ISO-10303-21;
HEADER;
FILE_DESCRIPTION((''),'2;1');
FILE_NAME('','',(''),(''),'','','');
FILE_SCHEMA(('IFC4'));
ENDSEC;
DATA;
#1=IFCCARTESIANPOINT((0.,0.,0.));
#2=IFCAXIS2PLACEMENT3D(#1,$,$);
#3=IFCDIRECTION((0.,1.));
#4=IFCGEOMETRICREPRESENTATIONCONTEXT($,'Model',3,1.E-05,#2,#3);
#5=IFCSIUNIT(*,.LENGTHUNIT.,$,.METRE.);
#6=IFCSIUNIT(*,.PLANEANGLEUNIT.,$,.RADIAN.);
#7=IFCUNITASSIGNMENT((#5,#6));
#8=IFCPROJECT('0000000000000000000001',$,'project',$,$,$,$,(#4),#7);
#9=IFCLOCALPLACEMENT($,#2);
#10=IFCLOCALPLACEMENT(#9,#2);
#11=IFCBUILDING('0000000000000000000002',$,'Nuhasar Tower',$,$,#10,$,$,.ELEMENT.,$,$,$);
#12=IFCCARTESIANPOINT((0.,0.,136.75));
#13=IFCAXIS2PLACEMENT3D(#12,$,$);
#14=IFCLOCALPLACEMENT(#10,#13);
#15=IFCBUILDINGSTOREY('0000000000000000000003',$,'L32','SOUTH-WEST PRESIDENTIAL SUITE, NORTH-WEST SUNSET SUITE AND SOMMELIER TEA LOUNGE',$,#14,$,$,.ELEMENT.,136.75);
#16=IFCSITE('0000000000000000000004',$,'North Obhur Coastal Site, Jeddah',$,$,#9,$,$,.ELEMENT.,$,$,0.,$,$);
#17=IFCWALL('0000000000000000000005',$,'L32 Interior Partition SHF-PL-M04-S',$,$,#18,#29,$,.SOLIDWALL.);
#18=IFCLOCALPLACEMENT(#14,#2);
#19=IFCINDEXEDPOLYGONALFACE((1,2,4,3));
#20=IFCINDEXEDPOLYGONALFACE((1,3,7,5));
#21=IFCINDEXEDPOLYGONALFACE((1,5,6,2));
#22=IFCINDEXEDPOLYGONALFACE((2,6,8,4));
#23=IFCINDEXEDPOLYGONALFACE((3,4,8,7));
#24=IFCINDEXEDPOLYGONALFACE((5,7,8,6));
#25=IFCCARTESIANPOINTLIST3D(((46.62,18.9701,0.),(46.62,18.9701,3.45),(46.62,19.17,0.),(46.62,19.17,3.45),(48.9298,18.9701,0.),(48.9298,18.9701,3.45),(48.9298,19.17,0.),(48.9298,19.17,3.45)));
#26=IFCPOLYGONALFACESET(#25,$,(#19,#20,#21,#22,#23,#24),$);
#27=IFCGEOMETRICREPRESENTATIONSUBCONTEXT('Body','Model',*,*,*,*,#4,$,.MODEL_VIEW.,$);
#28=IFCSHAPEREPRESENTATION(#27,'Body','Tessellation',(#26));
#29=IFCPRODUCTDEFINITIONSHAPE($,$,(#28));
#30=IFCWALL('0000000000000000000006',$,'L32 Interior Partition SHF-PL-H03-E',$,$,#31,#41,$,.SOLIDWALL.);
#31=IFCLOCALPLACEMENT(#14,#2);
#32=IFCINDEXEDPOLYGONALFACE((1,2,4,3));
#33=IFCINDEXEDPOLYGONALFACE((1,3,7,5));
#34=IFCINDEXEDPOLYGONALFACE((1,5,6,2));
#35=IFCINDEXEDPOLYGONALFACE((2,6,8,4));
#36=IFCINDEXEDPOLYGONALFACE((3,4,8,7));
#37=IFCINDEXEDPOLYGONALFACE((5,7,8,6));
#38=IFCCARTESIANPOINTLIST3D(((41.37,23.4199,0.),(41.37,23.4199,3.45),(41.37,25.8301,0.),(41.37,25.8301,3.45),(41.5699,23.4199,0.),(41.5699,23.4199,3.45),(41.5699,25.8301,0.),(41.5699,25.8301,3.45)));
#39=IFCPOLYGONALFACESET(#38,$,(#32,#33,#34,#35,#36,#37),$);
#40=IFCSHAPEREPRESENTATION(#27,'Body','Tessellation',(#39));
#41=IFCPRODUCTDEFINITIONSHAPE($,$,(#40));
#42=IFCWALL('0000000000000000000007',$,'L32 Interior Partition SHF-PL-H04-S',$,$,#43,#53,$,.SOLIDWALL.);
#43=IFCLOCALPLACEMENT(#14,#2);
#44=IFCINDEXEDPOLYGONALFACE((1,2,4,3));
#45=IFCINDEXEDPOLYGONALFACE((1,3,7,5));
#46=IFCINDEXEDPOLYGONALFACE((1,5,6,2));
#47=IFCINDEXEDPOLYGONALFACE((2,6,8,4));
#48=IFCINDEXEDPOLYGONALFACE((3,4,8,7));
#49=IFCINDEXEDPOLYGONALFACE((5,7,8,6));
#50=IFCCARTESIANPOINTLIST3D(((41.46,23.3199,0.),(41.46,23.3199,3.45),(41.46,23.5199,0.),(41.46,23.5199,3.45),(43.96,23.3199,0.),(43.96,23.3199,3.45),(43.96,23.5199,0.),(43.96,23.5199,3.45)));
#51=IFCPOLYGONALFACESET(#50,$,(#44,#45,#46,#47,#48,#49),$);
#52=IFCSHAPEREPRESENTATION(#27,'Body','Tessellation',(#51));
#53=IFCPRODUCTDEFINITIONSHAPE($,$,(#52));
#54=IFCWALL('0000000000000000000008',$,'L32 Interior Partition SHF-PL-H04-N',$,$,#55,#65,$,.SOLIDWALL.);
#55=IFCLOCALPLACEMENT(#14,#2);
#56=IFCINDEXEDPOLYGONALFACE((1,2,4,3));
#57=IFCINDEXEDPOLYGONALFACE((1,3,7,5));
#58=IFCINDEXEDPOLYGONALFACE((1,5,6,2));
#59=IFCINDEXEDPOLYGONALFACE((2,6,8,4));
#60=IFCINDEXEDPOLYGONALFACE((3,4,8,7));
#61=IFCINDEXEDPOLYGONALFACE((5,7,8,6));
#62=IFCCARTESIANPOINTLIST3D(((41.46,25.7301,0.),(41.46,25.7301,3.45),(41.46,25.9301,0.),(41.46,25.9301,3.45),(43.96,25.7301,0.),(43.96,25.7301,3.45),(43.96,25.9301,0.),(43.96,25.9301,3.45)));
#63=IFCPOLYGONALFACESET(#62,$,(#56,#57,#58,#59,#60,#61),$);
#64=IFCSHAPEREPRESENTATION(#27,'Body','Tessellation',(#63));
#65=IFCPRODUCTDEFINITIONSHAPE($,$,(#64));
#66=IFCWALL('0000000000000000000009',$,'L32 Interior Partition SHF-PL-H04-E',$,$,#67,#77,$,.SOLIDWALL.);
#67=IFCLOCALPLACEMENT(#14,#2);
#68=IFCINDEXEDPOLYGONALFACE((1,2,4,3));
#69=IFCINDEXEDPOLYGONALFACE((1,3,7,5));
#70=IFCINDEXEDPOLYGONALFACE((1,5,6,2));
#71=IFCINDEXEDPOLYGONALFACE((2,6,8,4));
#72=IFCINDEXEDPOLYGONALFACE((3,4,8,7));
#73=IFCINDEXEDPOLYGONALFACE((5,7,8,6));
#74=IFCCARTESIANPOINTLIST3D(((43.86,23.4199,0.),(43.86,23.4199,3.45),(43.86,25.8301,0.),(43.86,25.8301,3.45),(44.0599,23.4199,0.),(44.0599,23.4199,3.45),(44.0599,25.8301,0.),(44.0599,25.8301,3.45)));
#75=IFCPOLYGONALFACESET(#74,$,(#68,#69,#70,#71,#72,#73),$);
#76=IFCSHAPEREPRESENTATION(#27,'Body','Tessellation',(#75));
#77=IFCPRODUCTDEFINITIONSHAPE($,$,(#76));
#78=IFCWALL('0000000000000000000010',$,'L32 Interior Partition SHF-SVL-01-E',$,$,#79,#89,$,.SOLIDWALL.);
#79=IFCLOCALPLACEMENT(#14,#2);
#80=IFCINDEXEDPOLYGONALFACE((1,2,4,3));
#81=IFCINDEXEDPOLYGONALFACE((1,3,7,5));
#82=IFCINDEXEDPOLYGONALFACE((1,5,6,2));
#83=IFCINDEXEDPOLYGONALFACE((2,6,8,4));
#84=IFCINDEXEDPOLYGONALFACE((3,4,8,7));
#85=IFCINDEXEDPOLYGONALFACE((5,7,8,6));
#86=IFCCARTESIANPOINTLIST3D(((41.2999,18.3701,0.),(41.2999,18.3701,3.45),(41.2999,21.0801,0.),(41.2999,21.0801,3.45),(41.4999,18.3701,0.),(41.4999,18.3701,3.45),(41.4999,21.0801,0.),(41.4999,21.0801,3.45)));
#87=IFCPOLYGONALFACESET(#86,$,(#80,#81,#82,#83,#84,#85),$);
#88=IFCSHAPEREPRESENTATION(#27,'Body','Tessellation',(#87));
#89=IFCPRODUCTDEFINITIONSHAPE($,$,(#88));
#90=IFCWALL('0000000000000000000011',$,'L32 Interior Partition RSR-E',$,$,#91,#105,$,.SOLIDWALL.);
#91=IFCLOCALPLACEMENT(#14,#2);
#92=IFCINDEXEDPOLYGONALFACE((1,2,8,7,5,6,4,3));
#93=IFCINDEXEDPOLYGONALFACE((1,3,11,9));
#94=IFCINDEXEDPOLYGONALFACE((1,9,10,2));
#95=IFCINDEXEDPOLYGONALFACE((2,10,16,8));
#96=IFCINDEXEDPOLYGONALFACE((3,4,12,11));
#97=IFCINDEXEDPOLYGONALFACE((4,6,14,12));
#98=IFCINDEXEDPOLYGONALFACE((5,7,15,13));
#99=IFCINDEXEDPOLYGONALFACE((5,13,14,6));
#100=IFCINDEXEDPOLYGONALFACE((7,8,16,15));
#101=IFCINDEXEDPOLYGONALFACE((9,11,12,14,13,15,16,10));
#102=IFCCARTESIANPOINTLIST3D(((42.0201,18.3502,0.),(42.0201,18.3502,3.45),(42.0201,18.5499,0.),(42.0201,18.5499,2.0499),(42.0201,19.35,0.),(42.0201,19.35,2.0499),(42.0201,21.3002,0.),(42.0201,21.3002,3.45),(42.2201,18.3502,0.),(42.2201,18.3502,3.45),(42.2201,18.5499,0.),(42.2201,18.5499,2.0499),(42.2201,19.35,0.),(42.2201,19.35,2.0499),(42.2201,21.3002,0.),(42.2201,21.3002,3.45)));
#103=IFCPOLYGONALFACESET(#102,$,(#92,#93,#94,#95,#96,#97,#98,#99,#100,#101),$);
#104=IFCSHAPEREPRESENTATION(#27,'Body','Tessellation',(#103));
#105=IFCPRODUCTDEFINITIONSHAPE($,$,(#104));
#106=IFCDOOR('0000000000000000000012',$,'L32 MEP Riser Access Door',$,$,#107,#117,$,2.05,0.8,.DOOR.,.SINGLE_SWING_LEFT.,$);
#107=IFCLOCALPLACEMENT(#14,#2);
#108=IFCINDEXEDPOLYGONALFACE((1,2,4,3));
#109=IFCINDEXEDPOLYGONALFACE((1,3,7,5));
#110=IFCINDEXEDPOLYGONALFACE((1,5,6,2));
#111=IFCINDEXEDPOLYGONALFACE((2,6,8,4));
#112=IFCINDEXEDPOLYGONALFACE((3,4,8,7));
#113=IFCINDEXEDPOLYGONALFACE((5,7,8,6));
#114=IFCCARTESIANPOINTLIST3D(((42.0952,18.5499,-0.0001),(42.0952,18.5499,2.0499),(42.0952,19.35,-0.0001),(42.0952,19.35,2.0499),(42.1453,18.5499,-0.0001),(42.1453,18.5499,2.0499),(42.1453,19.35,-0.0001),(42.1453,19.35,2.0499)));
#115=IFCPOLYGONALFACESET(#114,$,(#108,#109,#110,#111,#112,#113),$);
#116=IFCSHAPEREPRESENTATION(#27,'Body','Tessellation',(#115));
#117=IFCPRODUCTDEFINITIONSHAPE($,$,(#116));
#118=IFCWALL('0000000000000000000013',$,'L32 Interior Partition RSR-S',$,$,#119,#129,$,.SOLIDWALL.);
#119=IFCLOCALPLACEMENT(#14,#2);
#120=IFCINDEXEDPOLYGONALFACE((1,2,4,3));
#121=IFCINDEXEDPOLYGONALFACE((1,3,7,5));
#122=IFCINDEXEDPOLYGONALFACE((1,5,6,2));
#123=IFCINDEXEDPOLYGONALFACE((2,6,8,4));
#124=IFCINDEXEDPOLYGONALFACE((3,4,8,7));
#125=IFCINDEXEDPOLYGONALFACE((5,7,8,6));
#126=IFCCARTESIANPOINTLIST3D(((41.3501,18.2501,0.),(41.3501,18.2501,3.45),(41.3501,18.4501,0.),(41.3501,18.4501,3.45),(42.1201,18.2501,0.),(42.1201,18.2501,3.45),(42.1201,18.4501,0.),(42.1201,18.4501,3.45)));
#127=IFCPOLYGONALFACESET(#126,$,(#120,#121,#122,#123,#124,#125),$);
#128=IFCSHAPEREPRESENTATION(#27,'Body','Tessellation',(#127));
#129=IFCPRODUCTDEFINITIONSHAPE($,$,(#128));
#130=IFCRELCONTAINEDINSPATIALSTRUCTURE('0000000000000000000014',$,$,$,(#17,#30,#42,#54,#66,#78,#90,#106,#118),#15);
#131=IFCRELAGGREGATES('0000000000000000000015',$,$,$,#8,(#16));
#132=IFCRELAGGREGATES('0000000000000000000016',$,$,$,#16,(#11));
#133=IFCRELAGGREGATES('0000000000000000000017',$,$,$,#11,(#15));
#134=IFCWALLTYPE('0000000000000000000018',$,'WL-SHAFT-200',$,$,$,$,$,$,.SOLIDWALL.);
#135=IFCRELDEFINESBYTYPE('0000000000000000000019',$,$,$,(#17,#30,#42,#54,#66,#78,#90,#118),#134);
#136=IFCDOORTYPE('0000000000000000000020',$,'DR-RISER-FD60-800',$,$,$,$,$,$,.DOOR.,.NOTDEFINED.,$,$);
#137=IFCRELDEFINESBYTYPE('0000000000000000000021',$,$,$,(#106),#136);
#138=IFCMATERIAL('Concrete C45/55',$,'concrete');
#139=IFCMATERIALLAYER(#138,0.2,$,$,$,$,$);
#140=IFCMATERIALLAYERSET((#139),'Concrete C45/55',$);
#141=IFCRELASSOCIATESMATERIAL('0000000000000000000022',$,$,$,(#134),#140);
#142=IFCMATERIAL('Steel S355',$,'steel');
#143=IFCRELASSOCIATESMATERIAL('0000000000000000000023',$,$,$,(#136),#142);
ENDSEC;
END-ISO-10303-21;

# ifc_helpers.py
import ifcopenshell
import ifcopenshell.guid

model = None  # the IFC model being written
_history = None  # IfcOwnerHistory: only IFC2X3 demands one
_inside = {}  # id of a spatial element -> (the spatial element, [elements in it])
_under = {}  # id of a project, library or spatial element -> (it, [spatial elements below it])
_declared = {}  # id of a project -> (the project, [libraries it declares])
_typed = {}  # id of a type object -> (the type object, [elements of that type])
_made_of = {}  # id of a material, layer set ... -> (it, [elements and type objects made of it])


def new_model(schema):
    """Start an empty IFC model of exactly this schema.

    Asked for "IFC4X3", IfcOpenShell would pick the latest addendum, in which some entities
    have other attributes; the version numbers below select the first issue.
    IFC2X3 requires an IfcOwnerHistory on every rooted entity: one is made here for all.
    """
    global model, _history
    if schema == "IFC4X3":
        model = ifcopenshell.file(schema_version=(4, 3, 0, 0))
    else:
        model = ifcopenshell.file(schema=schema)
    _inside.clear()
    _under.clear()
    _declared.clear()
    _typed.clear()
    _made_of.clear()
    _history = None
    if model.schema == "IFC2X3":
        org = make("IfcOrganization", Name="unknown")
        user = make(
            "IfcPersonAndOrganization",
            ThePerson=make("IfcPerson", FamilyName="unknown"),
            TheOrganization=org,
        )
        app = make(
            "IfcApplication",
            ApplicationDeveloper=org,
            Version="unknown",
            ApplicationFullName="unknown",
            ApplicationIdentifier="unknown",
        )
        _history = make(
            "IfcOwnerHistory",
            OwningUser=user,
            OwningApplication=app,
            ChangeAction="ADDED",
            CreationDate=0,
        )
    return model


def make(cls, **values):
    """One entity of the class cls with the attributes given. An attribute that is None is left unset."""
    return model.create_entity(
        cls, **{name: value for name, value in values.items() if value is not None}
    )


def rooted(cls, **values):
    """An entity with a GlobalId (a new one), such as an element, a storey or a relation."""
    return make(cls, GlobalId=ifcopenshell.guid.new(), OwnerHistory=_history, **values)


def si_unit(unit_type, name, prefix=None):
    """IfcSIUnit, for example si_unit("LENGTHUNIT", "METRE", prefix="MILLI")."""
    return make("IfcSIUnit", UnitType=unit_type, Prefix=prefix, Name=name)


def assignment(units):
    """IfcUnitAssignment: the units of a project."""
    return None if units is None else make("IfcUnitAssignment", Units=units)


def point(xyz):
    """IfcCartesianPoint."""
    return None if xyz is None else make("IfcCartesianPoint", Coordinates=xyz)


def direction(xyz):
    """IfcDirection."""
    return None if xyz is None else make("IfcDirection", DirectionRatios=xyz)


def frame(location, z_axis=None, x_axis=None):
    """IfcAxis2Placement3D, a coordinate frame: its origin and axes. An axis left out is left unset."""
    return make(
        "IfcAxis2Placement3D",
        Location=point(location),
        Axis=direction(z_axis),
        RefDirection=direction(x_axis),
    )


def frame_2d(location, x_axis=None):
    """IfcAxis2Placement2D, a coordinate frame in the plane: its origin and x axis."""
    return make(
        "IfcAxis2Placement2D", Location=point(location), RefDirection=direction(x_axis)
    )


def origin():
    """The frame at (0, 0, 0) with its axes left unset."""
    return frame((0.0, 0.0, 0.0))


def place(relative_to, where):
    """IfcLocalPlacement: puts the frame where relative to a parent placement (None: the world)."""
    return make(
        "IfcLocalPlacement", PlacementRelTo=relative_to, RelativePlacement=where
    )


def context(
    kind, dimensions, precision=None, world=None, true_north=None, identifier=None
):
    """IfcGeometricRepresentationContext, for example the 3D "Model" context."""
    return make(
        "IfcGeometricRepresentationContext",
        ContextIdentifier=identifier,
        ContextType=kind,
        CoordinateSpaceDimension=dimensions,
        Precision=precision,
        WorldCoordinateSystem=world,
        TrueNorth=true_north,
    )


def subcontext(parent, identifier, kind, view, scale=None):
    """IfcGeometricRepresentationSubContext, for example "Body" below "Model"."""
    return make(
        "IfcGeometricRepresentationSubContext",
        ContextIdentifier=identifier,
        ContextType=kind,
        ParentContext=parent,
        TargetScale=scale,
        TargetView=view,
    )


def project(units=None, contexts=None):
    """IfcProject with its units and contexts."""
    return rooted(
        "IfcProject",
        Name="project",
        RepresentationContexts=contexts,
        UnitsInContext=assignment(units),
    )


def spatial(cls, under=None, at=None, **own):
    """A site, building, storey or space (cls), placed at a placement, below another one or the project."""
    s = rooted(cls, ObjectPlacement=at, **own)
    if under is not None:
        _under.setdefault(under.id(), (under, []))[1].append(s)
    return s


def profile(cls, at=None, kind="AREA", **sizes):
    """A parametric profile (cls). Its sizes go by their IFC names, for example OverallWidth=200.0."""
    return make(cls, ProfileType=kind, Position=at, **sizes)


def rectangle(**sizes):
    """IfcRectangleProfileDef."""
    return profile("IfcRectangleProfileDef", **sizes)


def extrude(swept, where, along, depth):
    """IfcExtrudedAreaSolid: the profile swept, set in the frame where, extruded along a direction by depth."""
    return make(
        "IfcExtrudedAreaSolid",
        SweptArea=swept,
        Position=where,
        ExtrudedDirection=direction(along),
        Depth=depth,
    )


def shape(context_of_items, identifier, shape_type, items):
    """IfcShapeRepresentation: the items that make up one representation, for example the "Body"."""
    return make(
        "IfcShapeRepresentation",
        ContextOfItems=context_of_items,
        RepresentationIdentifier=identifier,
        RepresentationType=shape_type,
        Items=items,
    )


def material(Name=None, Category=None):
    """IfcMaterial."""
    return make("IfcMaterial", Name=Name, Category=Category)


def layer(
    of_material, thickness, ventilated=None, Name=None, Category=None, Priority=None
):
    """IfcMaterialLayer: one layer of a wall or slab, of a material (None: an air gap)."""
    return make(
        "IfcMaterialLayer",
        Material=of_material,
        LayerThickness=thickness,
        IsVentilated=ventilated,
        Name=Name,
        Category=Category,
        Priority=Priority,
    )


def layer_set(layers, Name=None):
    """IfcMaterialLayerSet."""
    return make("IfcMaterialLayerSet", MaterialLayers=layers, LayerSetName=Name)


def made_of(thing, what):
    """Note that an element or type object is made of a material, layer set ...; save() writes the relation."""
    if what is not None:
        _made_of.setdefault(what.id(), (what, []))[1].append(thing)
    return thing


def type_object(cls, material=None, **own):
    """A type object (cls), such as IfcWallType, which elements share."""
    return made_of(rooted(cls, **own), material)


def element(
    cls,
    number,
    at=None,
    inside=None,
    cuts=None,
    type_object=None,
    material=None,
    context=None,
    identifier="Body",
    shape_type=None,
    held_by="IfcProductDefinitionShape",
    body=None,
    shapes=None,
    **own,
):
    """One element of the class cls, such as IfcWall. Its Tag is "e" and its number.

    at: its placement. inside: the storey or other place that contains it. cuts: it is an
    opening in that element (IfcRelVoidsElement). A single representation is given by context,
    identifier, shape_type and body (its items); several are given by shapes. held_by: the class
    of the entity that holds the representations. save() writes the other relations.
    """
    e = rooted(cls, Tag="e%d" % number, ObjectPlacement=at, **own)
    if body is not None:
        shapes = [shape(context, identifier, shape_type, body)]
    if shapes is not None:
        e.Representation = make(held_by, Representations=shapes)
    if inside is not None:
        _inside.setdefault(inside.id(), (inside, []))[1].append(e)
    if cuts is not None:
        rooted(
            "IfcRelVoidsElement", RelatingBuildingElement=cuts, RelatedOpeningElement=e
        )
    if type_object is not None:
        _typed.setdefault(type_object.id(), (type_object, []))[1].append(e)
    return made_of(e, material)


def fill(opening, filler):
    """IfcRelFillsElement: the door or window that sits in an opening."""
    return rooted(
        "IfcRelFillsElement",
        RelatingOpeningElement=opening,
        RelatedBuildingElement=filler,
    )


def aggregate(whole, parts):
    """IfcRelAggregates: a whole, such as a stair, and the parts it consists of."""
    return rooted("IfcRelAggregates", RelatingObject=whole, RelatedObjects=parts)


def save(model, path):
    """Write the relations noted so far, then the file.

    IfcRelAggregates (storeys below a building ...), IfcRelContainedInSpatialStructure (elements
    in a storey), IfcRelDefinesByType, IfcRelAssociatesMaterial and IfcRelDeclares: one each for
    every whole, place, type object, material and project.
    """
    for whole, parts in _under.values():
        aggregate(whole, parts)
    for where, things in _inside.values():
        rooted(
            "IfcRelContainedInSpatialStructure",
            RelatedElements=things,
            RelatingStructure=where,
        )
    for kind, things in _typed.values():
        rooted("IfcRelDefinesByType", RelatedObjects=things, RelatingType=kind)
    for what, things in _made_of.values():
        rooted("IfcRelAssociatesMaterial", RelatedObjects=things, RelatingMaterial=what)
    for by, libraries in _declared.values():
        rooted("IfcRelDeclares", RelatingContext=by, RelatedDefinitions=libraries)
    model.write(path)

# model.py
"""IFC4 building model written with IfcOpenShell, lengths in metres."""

from ifc_helpers import new_model, si_unit, direction, frame, frame_2d, origin, place, context, subcontext, project, spatial, rectangle, extrude, material, layer, layer_set, type_object, element, fill, save


model = new_model("IFC4")

# Units and contexts
model_context = context("Model", 3, precision=1e-05, world=origin(), true_north=direction((0.0, 1.0)))
body_context = subcontext(model_context, "Body", "Model", "MODEL_VIEW")
ifc_project = project(units=[si_unit("LENGTHUNIT", "METRE"), si_unit("PLANEANGLEUNIT", "RADIAN")], contexts=[model_context])

# Site, building, storey
site_placement = place(None, origin())
site = spatial("IfcSite", under=ifc_project, at=site_placement, Name="North Obhur Coastal Site, Jeddah", CompositionType="ELEMENT", RefElevation=0.0)
building_placement = place(site_placement, origin())
building = spatial("IfcBuilding", under=site, at=building_placement, Name="Nuhasar Tower", CompositionType="ELEMENT")
storey_placement = place(building_placement, frame((0.0, 0.0, 136.75)))
storey = spatial("IfcBuildingStorey", under=building, at=storey_placement, Name="L32", Description="SOUTH-WEST PRESIDENTIAL SUITE, NORTH-WEST SUNSET SUITE AND SOMMELIER TEA LOUNGE", CompositionType="ELEMENT", Elevation=136.75)

# Shared definitions
ifc_material_1 = material(Name="Steel S355", Category="steel")

# Shared definitions
ifc_material_2 = material(Name="Concrete C45/55", Category="concrete")

# Shared definitions
ifc_layer_1 = layer(ifc_material_2, 0.2)
ifc_layer_set_1 = layer_set([ifc_layer_1], Name="Concrete C45/55")
wall_type_1 = type_object("IfcWallType", Name="WL-SHAFT-200", PredefinedType="SOLIDWALL", material=ifc_layer_set_1)

# Wall
wall_1_placement = place(storey_placement, frame((46.6201, 19.0701, 0.0), z_axis=(0.0, 0.0, 1.0), x_axis=(1.0, 0.0, 0.0)))
element("IfcWall", 1, at=wall_1_placement, inside=storey, type_object=wall_type_1, Name="L32 Interior Partition SHF-PL-M04-S", PredefinedType="SOLIDWALL", context=body_context, shape_type="SweptSolid", body=[
    extrude(rectangle(XDim=2.3098, YDim=0.2, at=frame_2d((1.1548, 0.0))), origin(), (0.0, 0.0, 1.0), 3.45),
])

# Walls
wall_2_placement = place(storey_placement, frame((41.47, 23.4199, 0.0), z_axis=(0.0, 0.0, 1.0), x_axis=(0.0, 1.0, 0.0)))
element("IfcWall", 2, at=wall_2_placement, inside=storey, type_object=wall_type_1, Name="L32 Interior Partition SHF-PL-H03-E", PredefinedType="SOLIDWALL", context=body_context, shape_type="SweptSolid", body=[
    extrude(rectangle(XDim=2.4102, YDim=0.2, at=frame_2d((1.2051, 0.0))), origin(), (0.0, 0.0, 1.0), 3.45),
])
for number, where, z_axis, x_axis, name in (
    (3, (41.46, 23.4199, 0.0), (0.0, 0.0, 1.0), (1.0, 0.0, 0.0), "L32 Interior Partition SHF-PL-H04-S"),
    (4, (41.46, 25.8301, 0.0), (0.0, 0.0, 1.0), (1.0, 0.0, 0.0), "L32 Interior Partition SHF-PL-H04-N"),
):
    element("IfcWall", number, at=place(storey_placement, frame(where, z_axis=z_axis, x_axis=x_axis)), inside=storey, type_object=wall_type_1, Name=name, PredefinedType="SOLIDWALL", context=body_context, shape_type="SweptSolid", body=[
        extrude(rectangle(XDim=2.5, YDim=0.2, at=frame_2d((1.25, 0.0))), origin(), (0.0, 0.0, 1.0), 3.45),
    ])
wall_3_placement = place(storey_placement, frame((43.96, 23.4199, 0.0), z_axis=(0.0, 0.0, 1.0), x_axis=(0.0, 1.0, 0.0)))
element("IfcWall", 5, at=wall_3_placement, inside=storey, type_object=wall_type_1, Name="L32 Interior Partition SHF-PL-H04-E", PredefinedType="SOLIDWALL", context=body_context, shape_type="SweptSolid", body=[
    extrude(rectangle(XDim=2.4102, YDim=0.2, at=frame_2d((1.2051, 0.0))), origin(), (0.0, 0.0, 1.0), 3.45),
])
wall_4_placement = place(storey_placement, frame((41.3999, 18.3701, 0.0), z_axis=(0.0, 0.0, 1.0), x_axis=(0.0, 1.0, 0.0)))
element("IfcWall", 6, at=wall_4_placement, inside=storey, type_object=wall_type_1, Name="L32 Interior Partition SHF-SVL-01-E", PredefinedType="SOLIDWALL", context=body_context, shape_type="SweptSolid", body=[
    extrude(rectangle(XDim=2.71, YDim=0.2, at=frame_2d((1.355, 0.0))), origin(), (0.0, 0.0, 1.0), 3.45),
])

# Wall, opening, door
wall_5_placement = place(storey_placement, frame((42.1201, 18.3501, 0.0), z_axis=(0.0, 0.0, 1.0), x_axis=(0.0, 1.0, 0.0)))
wall_5 = element("IfcWall", 7, at=wall_5_placement, inside=storey, type_object=wall_type_1, Name="L32 Interior Partition RSR-E", PredefinedType="SOLIDWALL", context=body_context, shape_type="SweptSolid", body=[
    extrude(rectangle(XDim=2.95, YDim=0.2, at=frame_2d((1.4751, 0.0))), origin(), (0.0, 0.0, 1.0), 3.45),
])
opening_1_placement = place(wall_5_placement, frame((0.2, 0.0, 0.0)))
opening_1 = element("IfcOpeningElement", 8, at=opening_1_placement, cuts=wall_5, PredefinedType="OPENING", context=body_context, shape_type="SweptSolid", body=[
    extrude(rectangle(XDim=0.8, YDim=2.05, at=frame_2d((0.3999, 1.0249))), frame((0.0, 0.1099, 0.0), z_axis=(0.0, -1.0, 0.0), x_axis=(1.0, 0.0, 0.0)), (0.0, 0.0, 1.0), 0.22),
])
door_type_1 = type_object("IfcDoorType", Name="DR-RISER-FD60-800", OperationType="NOTDEFINED", PredefinedType="DOOR", material=ifc_material_1)
door_1_placement = place(opening_1_placement, origin())
door_1 = element("IfcDoor", 9, at=door_1_placement, inside=storey, type_object=door_type_1, Name="L32 MEP Riser Access Door", OperationType="SINGLE_SWING_LEFT", OverallHeight=2.05, OverallWidth=0.8, PredefinedType="DOOR", context=body_context, shape_type="SweptSolid", body=[
    extrude(rectangle(XDim=0.8, YDim=2.05, at=frame_2d((0.3999, 1.0249))), frame((0.0, 0.0249, 0.0), z_axis=(0.0, -1.0, 0.0), x_axis=(1.0, 0.0, 0.0)), (0.0, 0.0, 1.0), 0.05),
])
fill(opening_1, door_1)

# Wall
wall_6_placement = place(storey_placement, frame((41.3501, 18.3501, 0.0), z_axis=(0.0, 0.0, 1.0), x_axis=(1.0, 0.0, 0.0)))
element("IfcWall", 10, at=wall_6_placement, inside=storey, type_object=wall_type_1, Name="L32 Interior Partition RSR-S", PredefinedType="SOLIDWALL", context=body_context, shape_type="SweptSolid", body=[
    extrude(rectangle(XDim=0.77, YDim=0.2, at=frame_2d((0.385, 0.0))), origin(), (0.0, 0.0, 1.0), 3.45),
])

save(model, "model.ifc")
